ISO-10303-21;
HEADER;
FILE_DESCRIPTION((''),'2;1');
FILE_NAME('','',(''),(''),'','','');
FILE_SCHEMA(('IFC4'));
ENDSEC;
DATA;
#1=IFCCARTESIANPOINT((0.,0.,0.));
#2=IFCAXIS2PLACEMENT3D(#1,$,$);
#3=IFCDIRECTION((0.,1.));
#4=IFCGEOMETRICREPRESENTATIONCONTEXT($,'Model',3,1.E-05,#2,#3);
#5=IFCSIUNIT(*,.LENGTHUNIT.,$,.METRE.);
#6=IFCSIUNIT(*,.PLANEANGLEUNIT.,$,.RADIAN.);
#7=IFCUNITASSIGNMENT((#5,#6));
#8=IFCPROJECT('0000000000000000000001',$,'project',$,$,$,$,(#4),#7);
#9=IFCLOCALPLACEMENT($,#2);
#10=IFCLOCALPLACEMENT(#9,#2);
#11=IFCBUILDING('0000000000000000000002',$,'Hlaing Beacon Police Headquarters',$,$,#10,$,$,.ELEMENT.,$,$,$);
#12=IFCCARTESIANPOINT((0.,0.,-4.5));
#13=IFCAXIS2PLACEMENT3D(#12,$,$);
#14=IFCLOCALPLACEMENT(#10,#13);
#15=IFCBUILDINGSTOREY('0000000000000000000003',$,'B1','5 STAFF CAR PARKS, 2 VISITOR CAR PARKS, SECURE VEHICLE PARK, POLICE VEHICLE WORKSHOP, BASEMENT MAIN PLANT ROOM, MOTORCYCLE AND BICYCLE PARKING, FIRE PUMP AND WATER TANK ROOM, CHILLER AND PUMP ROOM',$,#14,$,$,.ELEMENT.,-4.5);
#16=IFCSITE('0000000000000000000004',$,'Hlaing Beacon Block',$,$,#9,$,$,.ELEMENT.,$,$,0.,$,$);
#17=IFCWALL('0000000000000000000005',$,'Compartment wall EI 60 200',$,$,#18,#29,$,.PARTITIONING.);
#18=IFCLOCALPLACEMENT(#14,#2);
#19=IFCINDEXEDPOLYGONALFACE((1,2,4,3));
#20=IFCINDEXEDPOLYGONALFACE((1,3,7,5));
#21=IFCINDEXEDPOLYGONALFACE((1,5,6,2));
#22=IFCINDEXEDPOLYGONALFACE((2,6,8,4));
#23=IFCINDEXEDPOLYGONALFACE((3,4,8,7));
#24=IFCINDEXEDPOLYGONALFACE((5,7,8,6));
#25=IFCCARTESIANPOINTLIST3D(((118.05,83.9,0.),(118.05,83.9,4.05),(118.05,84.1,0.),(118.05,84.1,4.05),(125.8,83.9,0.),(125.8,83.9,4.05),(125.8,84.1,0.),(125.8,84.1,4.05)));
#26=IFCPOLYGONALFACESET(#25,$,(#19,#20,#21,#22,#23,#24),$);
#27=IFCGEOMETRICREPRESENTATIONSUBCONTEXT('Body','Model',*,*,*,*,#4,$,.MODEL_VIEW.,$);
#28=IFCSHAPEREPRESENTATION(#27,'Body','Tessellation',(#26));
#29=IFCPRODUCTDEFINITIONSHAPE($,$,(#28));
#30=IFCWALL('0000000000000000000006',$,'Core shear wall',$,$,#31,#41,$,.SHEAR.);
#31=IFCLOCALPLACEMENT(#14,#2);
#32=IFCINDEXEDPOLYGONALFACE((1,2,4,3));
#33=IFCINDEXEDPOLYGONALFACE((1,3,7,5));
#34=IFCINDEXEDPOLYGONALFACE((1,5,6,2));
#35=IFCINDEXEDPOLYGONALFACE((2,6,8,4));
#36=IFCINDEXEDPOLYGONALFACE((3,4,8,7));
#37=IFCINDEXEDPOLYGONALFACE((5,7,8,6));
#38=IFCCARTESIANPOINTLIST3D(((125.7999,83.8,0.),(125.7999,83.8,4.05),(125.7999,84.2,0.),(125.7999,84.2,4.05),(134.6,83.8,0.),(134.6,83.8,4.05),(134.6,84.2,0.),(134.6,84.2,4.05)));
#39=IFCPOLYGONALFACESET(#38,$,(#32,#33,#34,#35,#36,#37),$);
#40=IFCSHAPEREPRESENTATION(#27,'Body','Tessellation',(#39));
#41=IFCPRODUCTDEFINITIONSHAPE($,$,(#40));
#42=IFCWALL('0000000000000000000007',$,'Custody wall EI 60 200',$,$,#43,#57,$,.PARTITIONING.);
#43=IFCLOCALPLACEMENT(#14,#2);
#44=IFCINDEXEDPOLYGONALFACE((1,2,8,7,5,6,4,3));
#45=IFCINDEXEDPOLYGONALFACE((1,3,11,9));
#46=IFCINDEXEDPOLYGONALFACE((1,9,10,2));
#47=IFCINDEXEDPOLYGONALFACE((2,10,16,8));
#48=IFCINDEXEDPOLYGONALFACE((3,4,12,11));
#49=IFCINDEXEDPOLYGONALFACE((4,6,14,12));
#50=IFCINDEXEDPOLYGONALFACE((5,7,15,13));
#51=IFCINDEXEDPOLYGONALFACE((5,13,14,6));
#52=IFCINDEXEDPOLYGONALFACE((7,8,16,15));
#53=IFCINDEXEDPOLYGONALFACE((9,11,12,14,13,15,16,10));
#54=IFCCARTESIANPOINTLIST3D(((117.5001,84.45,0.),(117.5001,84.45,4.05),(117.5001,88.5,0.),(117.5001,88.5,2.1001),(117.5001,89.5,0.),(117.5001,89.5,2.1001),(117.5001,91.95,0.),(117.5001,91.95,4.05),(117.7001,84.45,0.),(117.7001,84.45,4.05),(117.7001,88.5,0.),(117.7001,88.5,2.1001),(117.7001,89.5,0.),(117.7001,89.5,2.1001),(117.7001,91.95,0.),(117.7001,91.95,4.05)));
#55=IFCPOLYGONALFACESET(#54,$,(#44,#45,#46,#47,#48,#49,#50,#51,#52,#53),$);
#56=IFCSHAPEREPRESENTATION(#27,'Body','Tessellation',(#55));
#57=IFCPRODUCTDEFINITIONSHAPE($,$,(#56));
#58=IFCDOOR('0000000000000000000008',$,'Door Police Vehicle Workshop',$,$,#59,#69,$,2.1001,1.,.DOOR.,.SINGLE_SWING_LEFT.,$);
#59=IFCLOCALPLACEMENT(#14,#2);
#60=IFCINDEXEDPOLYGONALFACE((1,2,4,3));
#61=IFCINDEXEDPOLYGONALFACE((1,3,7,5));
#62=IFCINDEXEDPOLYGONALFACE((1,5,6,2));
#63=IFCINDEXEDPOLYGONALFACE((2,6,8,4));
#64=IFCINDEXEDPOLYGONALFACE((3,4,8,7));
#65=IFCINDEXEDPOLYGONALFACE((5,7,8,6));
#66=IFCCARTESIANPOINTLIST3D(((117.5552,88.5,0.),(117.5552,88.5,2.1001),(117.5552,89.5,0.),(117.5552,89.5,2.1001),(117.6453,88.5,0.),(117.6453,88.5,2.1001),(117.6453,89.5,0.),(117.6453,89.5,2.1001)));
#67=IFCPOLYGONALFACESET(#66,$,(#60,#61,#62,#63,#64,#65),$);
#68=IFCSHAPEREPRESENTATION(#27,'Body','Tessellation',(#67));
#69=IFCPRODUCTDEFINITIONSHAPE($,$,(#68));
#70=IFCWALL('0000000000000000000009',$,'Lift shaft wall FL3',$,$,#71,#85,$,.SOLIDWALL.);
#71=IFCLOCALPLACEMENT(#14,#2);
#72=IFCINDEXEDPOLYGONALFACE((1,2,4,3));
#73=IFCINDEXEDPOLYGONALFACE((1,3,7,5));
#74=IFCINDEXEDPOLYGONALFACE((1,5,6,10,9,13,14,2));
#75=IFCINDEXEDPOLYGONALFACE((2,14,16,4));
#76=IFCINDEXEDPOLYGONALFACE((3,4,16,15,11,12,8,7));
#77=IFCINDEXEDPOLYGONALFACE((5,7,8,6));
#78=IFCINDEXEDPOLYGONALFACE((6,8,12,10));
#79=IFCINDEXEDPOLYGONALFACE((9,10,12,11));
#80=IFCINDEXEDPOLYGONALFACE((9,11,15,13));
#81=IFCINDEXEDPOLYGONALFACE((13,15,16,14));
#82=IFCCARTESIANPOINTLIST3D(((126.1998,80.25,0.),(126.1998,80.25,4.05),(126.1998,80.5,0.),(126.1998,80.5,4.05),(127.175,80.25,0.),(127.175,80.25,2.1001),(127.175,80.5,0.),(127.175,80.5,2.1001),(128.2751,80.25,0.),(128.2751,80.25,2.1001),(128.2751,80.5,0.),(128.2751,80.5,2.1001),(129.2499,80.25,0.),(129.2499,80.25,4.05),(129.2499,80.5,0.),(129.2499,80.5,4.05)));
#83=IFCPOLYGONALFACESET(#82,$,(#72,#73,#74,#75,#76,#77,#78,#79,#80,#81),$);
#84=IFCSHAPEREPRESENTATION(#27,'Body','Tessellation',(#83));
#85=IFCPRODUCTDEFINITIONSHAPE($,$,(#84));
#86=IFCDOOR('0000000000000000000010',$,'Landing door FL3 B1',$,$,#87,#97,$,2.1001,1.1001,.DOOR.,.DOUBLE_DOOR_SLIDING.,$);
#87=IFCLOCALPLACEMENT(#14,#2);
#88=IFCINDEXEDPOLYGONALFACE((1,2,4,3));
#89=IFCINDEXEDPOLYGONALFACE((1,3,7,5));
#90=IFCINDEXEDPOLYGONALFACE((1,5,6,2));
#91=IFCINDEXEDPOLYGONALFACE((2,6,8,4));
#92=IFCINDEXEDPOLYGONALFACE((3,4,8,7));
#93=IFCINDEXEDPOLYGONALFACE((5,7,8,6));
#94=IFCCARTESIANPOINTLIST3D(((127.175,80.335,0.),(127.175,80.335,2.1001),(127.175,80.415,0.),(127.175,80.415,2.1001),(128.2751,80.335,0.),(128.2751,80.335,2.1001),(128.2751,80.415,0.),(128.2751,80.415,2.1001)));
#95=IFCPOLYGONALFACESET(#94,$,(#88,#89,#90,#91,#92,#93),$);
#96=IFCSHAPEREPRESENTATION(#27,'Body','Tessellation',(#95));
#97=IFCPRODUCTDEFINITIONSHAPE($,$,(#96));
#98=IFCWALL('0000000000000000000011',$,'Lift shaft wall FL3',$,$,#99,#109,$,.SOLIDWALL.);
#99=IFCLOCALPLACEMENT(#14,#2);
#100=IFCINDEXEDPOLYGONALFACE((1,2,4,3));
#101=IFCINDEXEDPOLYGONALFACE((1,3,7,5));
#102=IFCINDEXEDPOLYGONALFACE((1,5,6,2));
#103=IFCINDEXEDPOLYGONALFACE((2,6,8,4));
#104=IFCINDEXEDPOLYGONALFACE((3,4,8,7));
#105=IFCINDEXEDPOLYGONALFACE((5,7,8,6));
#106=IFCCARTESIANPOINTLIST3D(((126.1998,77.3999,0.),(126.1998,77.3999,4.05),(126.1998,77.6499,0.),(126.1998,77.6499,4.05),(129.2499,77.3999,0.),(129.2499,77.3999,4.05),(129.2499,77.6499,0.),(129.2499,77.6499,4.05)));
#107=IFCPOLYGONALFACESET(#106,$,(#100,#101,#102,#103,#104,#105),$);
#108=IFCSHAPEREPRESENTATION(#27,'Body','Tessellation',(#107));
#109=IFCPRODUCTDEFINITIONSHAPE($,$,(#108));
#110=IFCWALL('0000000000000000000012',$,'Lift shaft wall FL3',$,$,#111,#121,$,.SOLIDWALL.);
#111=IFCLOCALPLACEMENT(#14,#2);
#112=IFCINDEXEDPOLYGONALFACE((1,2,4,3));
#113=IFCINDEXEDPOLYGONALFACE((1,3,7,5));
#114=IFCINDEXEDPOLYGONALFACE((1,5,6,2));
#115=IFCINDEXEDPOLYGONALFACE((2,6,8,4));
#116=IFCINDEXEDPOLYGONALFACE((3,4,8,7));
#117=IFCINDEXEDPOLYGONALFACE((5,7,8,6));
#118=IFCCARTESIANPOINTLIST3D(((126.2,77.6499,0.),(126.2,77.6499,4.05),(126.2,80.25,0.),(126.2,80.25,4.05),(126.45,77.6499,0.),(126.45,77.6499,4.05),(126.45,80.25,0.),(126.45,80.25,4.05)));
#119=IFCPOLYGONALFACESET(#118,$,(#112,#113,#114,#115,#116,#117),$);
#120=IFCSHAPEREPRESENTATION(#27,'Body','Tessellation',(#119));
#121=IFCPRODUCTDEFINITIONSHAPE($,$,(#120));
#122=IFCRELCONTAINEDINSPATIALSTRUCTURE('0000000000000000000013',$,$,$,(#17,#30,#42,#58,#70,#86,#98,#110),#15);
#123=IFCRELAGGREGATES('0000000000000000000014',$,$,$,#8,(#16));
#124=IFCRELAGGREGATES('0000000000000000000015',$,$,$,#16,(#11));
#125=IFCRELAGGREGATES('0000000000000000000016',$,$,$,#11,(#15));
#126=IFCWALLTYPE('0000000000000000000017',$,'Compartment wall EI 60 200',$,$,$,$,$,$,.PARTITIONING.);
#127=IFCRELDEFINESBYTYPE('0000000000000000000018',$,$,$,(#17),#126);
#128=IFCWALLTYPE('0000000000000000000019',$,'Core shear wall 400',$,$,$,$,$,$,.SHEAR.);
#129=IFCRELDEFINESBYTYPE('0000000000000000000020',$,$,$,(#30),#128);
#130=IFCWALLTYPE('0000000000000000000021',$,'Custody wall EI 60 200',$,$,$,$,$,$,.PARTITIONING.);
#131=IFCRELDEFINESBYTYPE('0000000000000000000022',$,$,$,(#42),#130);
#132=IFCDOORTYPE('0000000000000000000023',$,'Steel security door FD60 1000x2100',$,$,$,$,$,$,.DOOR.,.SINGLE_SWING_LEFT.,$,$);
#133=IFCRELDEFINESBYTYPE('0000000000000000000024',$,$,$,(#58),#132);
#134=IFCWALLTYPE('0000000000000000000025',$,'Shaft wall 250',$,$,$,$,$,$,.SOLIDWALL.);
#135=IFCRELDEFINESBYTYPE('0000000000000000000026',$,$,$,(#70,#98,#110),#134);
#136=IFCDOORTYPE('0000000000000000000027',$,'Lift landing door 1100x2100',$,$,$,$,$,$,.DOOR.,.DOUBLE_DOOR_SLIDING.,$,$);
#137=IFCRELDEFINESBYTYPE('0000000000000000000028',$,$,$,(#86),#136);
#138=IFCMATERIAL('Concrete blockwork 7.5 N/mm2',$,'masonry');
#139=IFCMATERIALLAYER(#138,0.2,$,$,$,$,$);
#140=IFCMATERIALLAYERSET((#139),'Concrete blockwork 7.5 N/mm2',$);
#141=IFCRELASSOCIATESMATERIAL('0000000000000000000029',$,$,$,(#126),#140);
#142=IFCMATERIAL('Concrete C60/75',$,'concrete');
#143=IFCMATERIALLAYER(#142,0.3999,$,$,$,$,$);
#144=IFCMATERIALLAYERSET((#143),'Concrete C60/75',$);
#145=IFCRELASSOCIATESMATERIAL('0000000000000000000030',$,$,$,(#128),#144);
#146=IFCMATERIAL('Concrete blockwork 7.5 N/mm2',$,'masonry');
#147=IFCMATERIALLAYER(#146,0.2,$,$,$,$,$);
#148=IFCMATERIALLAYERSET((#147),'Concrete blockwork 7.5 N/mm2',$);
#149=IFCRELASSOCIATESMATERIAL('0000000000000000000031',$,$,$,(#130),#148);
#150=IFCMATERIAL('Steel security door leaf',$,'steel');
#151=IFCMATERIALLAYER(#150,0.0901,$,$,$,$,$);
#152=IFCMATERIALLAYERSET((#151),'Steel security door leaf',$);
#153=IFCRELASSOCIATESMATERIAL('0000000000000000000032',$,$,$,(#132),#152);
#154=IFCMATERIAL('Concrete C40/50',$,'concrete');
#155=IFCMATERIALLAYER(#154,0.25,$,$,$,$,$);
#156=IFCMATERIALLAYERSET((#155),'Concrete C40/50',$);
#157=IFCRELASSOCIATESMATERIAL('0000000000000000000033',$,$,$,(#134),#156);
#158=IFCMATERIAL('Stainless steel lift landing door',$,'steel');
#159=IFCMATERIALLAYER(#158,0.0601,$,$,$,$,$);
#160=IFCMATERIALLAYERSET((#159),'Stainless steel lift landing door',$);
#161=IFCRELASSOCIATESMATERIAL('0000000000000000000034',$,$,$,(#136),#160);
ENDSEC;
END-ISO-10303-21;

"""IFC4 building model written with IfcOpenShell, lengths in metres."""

from ifc_helpers import new_model, si_unit, direction, frame, frame_2d, origin, place, context, subcontext, project, spatial, rectangle, extrude, material, layer, layer_set, type_object, element, fill, save


model = new_model("IFC4")

# Units and contexts
model_context = context("Model", 3, precision=1e-05, world=origin(), true_north=direction((0.0, 1.0)))
body_context = subcontext(model_context, "Body", "Model", "MODEL_VIEW")
ifc_project = project(units=[si_unit("LENGTHUNIT", "METRE"), si_unit("PLANEANGLEUNIT", "RADIAN")], contexts=[model_context])

# Site, building, storey
site_placement = place(None, origin())
site = spatial("IfcSite", under=ifc_project, at=site_placement, Name="Hlaing Beacon Block", CompositionType="ELEMENT", RefElevation=0.0)
building_placement = place(site_placement, origin())
building = spatial("IfcBuilding", under=site, at=building_placement, Name="Hlaing Beacon Police Headquarters", CompositionType="ELEMENT")
storey_placement = place(building_placement, frame((0.0, 0.0, -4.5)))
storey = spatial("IfcBuildingStorey", under=building, at=storey_placement, Name="B1", Description="5 STAFF CAR PARKS, 2 VISITOR CAR PARKS, SECURE VEHICLE PARK, POLICE VEHICLE WORKSHOP, BASEMENT MAIN PLANT ROOM, MOTORCYCLE AND BICYCLE PARKING, FIRE PUMP AND WATER TANK ROOM, CHILLER AND PUMP ROOM", CompositionType="ELEMENT", Elevation=-4.5)

# Walls
ifc_material_1 = material(Name="Concrete blockwork 7.5 N/mm2", Category="masonry")
ifc_layer_1 = layer(ifc_material_1, 0.2)
ifc_layer_set_1 = layer_set([ifc_layer_1], Name="Concrete blockwork 7.5 N/mm2")
wall_type_1 = type_object("IfcWallType", Name="Compartment wall EI 60 200", PredefinedType="PARTITIONING", material=ifc_layer_set_1)
wall_1_placement = place(storey_placement, frame((118.05, 84.0, 0.0), z_axis=(0.0, 0.0, 1.0), x_axis=(1.0, 0.0, 0.0)))
element("IfcWall", 1, at=wall_1_placement, inside=storey, type_object=wall_type_1, Name="Compartment wall EI 60 200", PredefinedType="PARTITIONING", context=body_context, shape_type="SweptSolid", body=[
    extrude(rectangle(XDim=7.75, YDim=0.2, at=frame_2d((3.875, 0.0))), origin(), (0.0, 0.0, 1.0), 4.05),
])
ifc_material_2 = material(Name="Concrete C60/75", Category="concrete")
ifc_layer_2 = layer(ifc_material_2, 0.3999)
ifc_layer_set_2 = layer_set([ifc_layer_2], Name="Concrete C60/75")
wall_type_2 = type_object("IfcWallType", Name="Core shear wall 400", PredefinedType="SHEAR", material=ifc_layer_set_2)
wall_2_placement = place(storey_placement, frame((125.8, 84.0, 0.0), z_axis=(0.0, 0.0, 1.0), x_axis=(1.0, 0.0, 0.0)))
element("IfcWall", 2, at=wall_2_placement, inside=storey, type_object=wall_type_2, Name="Core shear wall", PredefinedType="SHEAR", context=body_context, shape_type="SweptSolid", body=[
    extrude(rectangle(XDim=8.8, YDim=0.3999, at=frame_2d((4.3999, 0.0))), origin(), (0.0, 0.0, 1.0), 4.05),
])

# Walls, openings, doors
ifc_material_3 = material(Name="Concrete blockwork 7.5 N/mm2", Category="masonry")
ifc_layer_3 = layer(ifc_material_3, 0.2)
ifc_layer_set_3 = layer_set([ifc_layer_3], Name="Concrete blockwork 7.5 N/mm2")
wall_type_3 = type_object("IfcWallType", Name="Custody wall EI 60 200", PredefinedType="PARTITIONING", material=ifc_layer_set_3)
wall_3_placement = place(storey_placement, frame((117.6001, 84.45, 0.0), z_axis=(0.0, 0.0, 1.0), x_axis=(0.0, 1.0, 0.0)))
wall_3 = element("IfcWall", 3, at=wall_3_placement, inside=storey, type_object=wall_type_3, Name="Custody wall EI 60 200", PredefinedType="PARTITIONING", context=body_context, shape_type="SweptSolid", body=[
    extrude(rectangle(XDim=7.5, YDim=0.2, at=frame_2d((3.75, 0.0))), origin(), (0.0, 0.0, 1.0), 4.05),
])
opening_1_placement = place(wall_3_placement, frame((4.05, 0.0, 0.0)))
opening_1 = element("IfcOpeningElement", 4, at=opening_1_placement, cuts=wall_3, PredefinedType="OPENING", context=body_context, shape_type="SweptSolid", body=[
    extrude(rectangle(XDim=1.0, YDim=2.1001, at=frame_2d((0.5, 1.05))), frame((0.0, 0.1099, 0.0), z_axis=(0.0, -1.0, 0.0), x_axis=(1.0, 0.0, 0.0)), (0.0, 0.0, 1.0), 0.22),
])
ifc_material_4 = material(Name="Steel security door leaf", Category="steel")
ifc_layer_4 = layer(ifc_material_4, 0.0901)
ifc_layer_set_4 = layer_set([ifc_layer_4], Name="Steel security door leaf")
door_type_1 = type_object("IfcDoorType", Name="Steel security door FD60 1000x2100", OperationType="SINGLE_SWING_LEFT", PredefinedType="DOOR", material=ifc_layer_set_4)
door_1_placement = place(opening_1_placement, frame((1.0, 0.0, 0.0), z_axis=(0.0, 0.0, 1.0), x_axis=(-1.0, 0.0, 0.0)))
door_1 = element("IfcDoor", 5, at=door_1_placement, inside=storey, type_object=door_type_1, Name="Door Police Vehicle Workshop", OperationType="SINGLE_SWING_LEFT", OverallHeight=2.1001, OverallWidth=1.0, PredefinedType="DOOR", context=body_context, shape_type="SweptSolid", body=[
    extrude(rectangle(XDim=1.0, YDim=2.1001, at=frame_2d((0.5, 1.05))), frame((0.0, 0.0452, 0.0), z_axis=(0.0, -1.0, 0.0), x_axis=(1.0, 0.0, 0.0)), (0.0, 0.0, 1.0), 0.0901),
])
fill(opening_1, door_1)
ifc_material_5 = material(Name="Concrete C40/50", Category="concrete")
ifc_layer_5 = layer(ifc_material_5, 0.25)
ifc_layer_set_5 = layer_set([ifc_layer_5], Name="Concrete C40/50")
wall_type_4 = type_object("IfcWallType", Name="Shaft wall 250", PredefinedType="SOLIDWALL", material=ifc_layer_set_5)
wall_4_placement = place(storey_placement, frame((126.2, 80.375, 0.0), z_axis=(0.0, 0.0, 1.0), x_axis=(1.0, 0.0, 0.0)))
wall_4 = element("IfcWall", 6, at=wall_4_placement, inside=storey, type_object=wall_type_4, Name="Lift shaft wall FL3", PredefinedType="SOLIDWALL", context=body_context, shape_type="SweptSolid", body=[
    extrude(rectangle(XDim=3.05, YDim=0.25, at=frame_2d((1.5249, 0.0))), origin(), (0.0, 0.0, 1.0), 4.05),
])
opening_2_placement = place(wall_4_placement, frame((0.9751, 0.0, 0.0)))
opening_2 = element("IfcOpeningElement", 7, at=opening_2_placement, cuts=wall_4, PredefinedType="OPENING", context=body_context, shape_type="SweptSolid", body=[
    extrude(rectangle(XDim=1.1001, YDim=2.1001, at=frame_2d((0.55, 1.05))), frame((0.0, 0.135, 0.0), z_axis=(0.0, -1.0, 0.0), x_axis=(1.0, 0.0, 0.0)), (0.0, 0.0, 1.0), 0.27),
])
ifc_material_6 = material(Name="Stainless steel lift landing door", Category="steel")
ifc_layer_6 = layer(ifc_material_6, 0.0601)
ifc_layer_set_6 = layer_set([ifc_layer_6], Name="Stainless steel lift landing door")
door_type_2 = type_object("IfcDoorType", Name="Lift landing door 1100x2100", OperationType="DOUBLE_DOOR_SLIDING", PredefinedType="DOOR", material=ifc_layer_set_6)
door_2_placement = place(opening_2_placement, origin())
door_2 = element("IfcDoor", 8, at=door_2_placement, inside=storey, type_object=door_type_2, Name="Landing door FL3 B1", OperationType="DOUBLE_DOOR_SLIDING", OverallHeight=2.1001, OverallWidth=1.1001, PredefinedType="DOOR", context=body_context, shape_type="SweptSolid", body=[
    extrude(rectangle(XDim=1.1001, YDim=2.1001, at=frame_2d((0.55, 1.05))), frame((0.0, 0.04, 0.0), z_axis=(0.0, -1.0, 0.0), x_axis=(1.0, 0.0, 0.0)), (0.0, 0.0, 1.0), 0.0801),
])
fill(opening_2, door_2)

# Walls
wall_5_placement = place(storey_placement, frame((126.2, 77.5249, 0.0), z_axis=(0.0, 0.0, 1.0), x_axis=(1.0, 0.0, 0.0)))
element("IfcWall", 9, at=wall_5_placement, inside=storey, type_object=wall_type_4, Name="Lift shaft wall FL3", PredefinedType="SOLIDWALL", context=body_context, shape_type="SweptSolid", body=[
    extrude(rectangle(XDim=3.05, YDim=0.25, at=frame_2d((1.5249, 0.0))), origin(), (0.0, 0.0, 1.0), 4.05),
])
wall_6_placement = place(storey_placement, frame((126.325, 77.6499, 0.0), z_axis=(0.0, 0.0, 1.0), x_axis=(0.0, 1.0, 0.0)))
element("IfcWall", 10, at=wall_6_placement, inside=storey, type_object=wall_type_4, Name="Lift shaft wall FL3", PredefinedType="SOLIDWALL", context=body_context, shape_type="SweptSolid", body=[
    extrude(rectangle(XDim=2.6001, YDim=0.25, at=frame_2d((1.3, 0.0))), origin(), (0.0, 0.0, 1.0), 4.05),
])

save(model, "model.ifc")
